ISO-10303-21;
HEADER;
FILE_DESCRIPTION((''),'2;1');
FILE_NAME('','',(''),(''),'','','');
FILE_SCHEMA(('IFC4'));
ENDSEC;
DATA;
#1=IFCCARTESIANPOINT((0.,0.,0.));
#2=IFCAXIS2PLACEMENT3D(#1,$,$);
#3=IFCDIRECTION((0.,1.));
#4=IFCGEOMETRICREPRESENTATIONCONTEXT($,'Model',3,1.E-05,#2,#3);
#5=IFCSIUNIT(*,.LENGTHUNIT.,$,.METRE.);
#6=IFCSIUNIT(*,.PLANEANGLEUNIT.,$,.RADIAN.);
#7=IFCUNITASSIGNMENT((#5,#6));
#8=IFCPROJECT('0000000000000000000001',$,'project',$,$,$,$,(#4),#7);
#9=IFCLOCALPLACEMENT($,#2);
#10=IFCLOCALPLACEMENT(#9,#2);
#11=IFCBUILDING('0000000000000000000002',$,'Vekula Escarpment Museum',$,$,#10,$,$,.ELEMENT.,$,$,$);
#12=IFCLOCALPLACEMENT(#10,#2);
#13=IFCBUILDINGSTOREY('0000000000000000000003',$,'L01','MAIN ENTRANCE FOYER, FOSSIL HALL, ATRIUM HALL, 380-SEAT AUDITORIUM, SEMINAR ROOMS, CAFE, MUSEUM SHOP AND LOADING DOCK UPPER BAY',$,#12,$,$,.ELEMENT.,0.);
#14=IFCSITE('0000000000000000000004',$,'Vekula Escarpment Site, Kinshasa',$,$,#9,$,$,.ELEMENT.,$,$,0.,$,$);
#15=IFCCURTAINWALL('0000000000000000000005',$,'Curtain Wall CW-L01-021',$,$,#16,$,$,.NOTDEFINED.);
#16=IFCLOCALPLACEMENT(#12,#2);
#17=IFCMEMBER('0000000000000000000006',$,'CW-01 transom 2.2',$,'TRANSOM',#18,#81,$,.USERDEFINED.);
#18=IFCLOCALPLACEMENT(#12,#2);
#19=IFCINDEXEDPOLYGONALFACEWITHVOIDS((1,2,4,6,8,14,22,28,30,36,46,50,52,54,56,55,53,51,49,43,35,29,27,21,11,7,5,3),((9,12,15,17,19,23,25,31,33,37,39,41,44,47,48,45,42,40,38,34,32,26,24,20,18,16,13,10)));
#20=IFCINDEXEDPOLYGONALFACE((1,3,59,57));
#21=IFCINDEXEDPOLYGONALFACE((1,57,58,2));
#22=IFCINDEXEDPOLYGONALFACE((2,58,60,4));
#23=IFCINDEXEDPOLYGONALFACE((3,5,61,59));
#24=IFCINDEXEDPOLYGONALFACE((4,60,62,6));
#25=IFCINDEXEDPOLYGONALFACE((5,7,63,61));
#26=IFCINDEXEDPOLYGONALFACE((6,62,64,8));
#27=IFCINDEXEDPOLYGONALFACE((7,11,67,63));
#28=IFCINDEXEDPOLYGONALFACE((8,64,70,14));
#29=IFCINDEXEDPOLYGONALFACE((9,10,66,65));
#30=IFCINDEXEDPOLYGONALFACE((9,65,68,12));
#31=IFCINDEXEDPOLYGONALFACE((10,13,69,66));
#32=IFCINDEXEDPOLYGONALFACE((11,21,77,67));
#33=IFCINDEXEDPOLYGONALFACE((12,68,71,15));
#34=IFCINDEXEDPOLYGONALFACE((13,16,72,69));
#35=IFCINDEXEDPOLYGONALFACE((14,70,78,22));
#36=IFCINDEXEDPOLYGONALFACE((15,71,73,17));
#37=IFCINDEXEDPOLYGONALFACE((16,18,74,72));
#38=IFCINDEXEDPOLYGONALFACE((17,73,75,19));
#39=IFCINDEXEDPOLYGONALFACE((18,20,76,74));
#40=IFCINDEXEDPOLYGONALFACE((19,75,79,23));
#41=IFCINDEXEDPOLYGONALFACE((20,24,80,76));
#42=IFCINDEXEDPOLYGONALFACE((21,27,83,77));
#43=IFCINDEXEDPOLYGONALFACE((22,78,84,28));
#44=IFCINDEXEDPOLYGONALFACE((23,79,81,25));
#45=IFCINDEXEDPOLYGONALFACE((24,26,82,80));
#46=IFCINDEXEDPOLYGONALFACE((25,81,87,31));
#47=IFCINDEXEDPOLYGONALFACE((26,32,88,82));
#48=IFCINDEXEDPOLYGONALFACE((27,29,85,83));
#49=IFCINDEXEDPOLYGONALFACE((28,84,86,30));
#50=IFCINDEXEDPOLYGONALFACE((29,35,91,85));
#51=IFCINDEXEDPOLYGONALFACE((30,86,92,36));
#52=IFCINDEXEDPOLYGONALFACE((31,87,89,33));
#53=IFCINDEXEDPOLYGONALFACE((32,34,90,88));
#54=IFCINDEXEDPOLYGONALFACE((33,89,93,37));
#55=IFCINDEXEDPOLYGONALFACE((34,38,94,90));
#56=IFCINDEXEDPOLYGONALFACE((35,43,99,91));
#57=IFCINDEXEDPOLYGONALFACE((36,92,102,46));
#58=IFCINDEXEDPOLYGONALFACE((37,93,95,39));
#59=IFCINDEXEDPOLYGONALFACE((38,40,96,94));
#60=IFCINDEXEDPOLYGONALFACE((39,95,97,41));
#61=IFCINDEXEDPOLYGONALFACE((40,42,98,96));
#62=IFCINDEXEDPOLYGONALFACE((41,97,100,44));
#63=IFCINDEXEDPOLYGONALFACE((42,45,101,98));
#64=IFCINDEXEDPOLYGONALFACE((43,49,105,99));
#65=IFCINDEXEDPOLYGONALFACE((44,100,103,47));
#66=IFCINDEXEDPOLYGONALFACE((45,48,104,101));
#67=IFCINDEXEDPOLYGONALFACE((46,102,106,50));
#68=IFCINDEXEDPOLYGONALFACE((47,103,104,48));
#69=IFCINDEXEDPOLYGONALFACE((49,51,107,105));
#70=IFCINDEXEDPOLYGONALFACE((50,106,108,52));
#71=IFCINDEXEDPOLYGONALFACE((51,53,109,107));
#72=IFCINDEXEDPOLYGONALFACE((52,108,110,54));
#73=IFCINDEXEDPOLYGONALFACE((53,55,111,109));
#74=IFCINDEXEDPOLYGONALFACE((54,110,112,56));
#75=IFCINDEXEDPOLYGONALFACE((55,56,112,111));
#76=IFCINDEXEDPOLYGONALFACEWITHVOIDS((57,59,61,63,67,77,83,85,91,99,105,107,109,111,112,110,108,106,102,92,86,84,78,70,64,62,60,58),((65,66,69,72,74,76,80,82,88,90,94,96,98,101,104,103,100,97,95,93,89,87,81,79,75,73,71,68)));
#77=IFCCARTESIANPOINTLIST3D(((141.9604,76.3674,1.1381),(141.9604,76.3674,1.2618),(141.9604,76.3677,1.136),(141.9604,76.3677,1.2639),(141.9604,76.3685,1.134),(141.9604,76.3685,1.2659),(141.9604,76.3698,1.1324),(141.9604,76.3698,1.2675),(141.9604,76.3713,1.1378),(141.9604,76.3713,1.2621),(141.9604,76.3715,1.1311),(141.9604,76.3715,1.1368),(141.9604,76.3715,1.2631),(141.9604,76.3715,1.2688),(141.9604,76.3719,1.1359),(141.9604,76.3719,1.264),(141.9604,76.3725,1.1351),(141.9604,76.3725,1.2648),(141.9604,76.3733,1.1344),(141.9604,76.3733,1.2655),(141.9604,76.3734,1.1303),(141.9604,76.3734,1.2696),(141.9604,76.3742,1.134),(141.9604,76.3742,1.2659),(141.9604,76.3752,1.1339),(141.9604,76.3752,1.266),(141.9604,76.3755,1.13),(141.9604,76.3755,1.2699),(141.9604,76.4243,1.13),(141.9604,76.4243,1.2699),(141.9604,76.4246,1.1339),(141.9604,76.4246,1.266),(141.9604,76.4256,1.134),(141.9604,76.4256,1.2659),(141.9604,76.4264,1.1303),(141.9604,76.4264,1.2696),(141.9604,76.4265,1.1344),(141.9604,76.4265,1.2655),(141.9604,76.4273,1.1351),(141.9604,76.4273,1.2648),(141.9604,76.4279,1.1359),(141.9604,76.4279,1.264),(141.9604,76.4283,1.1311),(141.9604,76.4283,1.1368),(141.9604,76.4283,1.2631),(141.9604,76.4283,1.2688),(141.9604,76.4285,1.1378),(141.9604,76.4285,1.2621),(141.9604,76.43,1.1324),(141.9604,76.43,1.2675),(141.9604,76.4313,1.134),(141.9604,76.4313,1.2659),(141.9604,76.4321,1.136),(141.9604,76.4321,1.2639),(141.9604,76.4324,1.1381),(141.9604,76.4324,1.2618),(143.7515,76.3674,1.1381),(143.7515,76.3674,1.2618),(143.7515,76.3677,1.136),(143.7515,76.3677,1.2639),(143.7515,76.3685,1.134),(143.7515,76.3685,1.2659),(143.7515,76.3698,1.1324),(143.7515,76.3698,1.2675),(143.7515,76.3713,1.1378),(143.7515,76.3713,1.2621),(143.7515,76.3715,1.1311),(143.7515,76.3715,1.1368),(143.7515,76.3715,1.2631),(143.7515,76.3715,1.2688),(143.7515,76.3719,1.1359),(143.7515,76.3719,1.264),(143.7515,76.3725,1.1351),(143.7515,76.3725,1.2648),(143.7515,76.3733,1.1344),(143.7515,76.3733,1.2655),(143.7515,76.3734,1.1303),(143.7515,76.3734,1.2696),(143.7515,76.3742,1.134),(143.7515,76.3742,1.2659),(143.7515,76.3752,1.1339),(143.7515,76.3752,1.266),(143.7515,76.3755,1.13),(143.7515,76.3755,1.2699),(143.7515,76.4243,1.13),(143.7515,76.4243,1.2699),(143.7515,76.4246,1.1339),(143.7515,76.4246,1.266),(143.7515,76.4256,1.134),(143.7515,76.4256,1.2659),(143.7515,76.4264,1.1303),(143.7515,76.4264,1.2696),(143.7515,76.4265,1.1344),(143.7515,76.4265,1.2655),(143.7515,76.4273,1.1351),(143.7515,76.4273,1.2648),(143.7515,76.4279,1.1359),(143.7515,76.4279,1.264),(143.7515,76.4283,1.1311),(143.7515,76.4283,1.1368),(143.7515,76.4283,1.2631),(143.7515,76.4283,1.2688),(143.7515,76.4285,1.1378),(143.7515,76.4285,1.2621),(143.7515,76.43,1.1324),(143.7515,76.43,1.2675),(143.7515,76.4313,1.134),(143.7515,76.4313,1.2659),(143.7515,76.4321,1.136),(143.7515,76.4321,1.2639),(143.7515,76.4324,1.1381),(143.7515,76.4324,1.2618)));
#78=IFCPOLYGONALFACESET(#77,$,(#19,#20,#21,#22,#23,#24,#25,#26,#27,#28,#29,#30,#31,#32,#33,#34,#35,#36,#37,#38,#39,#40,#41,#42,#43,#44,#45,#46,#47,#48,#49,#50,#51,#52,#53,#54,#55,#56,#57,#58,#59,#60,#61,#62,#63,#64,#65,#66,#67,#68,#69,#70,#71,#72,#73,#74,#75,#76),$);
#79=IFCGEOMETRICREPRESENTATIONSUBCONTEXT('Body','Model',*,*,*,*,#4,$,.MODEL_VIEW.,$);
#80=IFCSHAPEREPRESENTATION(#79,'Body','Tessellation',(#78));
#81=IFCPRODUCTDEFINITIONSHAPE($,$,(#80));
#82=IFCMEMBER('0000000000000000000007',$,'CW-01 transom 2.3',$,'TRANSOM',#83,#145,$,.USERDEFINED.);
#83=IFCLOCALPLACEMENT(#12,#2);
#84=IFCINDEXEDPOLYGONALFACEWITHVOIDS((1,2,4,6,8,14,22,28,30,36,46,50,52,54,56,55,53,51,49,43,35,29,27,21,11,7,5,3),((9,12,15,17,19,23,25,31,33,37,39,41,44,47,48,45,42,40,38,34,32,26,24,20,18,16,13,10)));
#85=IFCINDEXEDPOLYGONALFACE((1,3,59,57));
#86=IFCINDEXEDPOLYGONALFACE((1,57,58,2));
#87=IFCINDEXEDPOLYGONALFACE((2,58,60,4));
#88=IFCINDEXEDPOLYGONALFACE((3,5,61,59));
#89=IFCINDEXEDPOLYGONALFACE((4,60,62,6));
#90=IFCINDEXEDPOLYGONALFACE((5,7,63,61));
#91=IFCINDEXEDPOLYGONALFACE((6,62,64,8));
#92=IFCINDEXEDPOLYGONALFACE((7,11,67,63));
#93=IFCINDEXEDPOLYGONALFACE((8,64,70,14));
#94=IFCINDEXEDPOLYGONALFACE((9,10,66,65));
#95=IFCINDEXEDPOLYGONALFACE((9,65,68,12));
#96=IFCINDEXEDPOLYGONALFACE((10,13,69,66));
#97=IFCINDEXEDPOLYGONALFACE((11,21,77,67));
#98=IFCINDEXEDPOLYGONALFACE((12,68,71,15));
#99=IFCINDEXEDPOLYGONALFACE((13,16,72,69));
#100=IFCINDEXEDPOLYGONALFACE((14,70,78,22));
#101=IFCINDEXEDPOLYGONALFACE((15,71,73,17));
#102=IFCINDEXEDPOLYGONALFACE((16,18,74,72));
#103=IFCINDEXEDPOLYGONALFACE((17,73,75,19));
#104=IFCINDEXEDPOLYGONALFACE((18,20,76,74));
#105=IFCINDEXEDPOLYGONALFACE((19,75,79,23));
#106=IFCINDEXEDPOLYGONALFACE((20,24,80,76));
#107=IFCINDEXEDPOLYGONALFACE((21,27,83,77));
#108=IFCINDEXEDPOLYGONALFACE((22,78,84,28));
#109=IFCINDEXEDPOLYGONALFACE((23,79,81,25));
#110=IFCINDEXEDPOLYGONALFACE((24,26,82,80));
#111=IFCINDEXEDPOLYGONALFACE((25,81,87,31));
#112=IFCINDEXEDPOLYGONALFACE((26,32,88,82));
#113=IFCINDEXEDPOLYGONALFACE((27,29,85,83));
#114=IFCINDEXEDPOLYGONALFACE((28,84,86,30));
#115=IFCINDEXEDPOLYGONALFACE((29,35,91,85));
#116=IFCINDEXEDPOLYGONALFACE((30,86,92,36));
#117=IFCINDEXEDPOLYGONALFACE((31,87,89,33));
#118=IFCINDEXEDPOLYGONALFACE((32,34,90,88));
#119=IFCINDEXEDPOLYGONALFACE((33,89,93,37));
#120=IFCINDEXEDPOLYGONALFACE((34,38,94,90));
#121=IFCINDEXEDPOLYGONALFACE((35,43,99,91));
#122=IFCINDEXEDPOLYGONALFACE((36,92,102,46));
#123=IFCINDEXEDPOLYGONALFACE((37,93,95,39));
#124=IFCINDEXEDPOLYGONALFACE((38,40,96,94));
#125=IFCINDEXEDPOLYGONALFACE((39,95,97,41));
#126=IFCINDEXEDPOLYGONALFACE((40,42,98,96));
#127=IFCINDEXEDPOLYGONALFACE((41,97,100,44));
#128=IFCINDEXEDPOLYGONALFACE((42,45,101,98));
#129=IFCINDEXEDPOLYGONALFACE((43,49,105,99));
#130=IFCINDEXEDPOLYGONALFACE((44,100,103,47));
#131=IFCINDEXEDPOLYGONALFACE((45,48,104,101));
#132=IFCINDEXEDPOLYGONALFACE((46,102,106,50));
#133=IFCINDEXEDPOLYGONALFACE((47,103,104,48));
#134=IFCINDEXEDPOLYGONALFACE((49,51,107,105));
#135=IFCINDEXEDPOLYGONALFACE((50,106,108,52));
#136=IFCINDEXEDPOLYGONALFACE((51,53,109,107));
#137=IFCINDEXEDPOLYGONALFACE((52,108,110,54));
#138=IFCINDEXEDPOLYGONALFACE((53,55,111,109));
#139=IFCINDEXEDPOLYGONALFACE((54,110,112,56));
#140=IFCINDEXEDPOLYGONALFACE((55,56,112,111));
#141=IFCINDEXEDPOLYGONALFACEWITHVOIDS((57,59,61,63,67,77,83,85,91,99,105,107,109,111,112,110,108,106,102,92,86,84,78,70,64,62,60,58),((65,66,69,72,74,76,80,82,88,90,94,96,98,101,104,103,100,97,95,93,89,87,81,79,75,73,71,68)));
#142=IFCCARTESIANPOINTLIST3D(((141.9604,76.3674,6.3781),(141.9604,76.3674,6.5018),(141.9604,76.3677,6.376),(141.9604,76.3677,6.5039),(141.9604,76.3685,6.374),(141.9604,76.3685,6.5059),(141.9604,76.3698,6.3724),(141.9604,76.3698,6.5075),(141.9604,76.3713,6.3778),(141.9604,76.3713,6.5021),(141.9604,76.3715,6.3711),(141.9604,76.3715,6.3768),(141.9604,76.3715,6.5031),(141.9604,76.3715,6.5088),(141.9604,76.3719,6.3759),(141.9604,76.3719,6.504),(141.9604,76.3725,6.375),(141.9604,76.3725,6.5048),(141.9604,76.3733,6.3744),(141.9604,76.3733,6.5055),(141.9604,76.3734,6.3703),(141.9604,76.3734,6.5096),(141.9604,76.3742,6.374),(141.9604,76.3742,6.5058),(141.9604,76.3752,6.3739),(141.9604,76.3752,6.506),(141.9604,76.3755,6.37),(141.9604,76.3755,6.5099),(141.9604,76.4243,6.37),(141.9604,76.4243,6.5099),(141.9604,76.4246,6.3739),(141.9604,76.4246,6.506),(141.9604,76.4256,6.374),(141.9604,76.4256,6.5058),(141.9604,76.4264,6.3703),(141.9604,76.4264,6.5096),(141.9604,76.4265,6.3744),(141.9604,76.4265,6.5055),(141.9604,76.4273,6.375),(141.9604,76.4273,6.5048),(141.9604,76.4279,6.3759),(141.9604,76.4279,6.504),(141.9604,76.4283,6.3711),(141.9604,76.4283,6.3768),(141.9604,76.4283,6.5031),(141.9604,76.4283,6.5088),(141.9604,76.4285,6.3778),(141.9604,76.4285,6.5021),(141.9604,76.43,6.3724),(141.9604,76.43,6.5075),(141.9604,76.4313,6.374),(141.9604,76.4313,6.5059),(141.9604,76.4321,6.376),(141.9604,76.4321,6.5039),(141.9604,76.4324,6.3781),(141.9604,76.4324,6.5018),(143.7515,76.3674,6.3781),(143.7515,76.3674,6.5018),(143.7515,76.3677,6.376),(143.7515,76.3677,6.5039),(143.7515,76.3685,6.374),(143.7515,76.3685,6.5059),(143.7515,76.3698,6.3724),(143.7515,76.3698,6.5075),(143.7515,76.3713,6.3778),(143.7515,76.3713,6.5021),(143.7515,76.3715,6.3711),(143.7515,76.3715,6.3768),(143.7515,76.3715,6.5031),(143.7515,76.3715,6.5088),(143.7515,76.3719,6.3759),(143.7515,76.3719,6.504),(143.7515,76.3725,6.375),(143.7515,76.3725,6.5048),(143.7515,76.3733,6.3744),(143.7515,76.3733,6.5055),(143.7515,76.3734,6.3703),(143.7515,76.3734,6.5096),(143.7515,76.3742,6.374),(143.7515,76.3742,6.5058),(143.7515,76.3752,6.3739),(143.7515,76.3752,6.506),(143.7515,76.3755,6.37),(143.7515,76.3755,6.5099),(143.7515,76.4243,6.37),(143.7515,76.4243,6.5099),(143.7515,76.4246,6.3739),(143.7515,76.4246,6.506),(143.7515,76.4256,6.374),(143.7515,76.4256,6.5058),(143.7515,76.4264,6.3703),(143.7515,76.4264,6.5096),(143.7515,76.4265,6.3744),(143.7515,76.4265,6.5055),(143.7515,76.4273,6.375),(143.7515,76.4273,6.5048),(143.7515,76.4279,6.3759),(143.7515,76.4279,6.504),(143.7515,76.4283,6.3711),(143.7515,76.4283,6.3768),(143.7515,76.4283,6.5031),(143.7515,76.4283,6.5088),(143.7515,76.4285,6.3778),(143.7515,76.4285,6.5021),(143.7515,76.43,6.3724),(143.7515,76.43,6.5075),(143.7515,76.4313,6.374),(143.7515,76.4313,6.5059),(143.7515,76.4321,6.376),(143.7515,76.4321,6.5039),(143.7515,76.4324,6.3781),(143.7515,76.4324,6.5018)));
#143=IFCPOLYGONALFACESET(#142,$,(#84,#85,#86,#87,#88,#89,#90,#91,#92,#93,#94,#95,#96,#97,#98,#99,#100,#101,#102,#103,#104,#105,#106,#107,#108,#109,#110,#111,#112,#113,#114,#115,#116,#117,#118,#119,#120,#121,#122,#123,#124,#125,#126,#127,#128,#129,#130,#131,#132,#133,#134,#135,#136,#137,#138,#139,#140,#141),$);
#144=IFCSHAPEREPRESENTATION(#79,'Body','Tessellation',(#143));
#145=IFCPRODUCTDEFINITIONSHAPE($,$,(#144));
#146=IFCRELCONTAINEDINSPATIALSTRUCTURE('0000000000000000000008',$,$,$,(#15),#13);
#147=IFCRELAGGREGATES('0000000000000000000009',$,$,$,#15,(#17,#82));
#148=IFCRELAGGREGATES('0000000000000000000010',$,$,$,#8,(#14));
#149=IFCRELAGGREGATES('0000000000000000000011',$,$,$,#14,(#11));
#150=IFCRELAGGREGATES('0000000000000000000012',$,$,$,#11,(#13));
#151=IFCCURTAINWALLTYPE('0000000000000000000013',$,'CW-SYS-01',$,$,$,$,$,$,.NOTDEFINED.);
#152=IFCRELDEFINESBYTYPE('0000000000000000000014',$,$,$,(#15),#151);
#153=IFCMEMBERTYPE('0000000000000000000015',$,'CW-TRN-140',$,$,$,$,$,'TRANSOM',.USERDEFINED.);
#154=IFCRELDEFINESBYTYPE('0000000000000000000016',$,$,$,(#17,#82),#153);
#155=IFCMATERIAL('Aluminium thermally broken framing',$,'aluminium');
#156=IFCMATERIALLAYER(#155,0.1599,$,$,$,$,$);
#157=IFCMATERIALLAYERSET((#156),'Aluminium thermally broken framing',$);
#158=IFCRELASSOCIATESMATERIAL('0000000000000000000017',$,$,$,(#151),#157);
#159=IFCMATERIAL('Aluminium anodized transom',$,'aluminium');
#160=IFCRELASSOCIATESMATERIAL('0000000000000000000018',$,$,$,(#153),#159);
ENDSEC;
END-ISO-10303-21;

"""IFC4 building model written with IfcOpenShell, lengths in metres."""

from ifc_helpers import new_model, si_unit, direction, frame, origin, origin_2d, place, context, subcontext, project, spatial, hollow_rectangle, extrude, material, layer, layer_set, material_profile, profile_set, type_object, element, aggregate, save


model = new_model("IFC4")

# Units and contexts
model_context = context("Model", 3, precision=1e-05, world=origin(), true_north=direction((0.0, 1.0)))
body_context = subcontext(model_context, "Body", "Model", "MODEL_VIEW")
ifc_project = project(units=[si_unit("LENGTHUNIT", "METRE"), si_unit("PLANEANGLEUNIT", "RADIAN")], contexts=[model_context])

# Site, building, storey
site_placement = place(None, origin())
site = spatial("IfcSite", under=ifc_project, at=site_placement, Name="Vekula Escarpment Site, Kinshasa", CompositionType="ELEMENT", RefElevation=0.0)
building_placement = place(site_placement, origin())
building = spatial("IfcBuilding", under=site, at=building_placement, Name="Vekula Escarpment Museum", CompositionType="ELEMENT")
storey_placement = place(building_placement, origin())
storey = spatial("IfcBuildingStorey", under=building, at=storey_placement, Name="L01", Description="MAIN ENTRANCE FOYER, FOSSIL HALL, ATRIUM HALL, 380-SEAT AUDITORIUM, SEMINAR ROOMS, CAFE, MUSEUM SHOP AND LOADING DOCK UPPER BAY", CompositionType="ELEMENT", Elevation=0.0)

# Curtain wall, members
ifc_material_1 = material(Name="Aluminium thermally broken framing", Category="aluminium")
ifc_layer_1 = layer(ifc_material_1, 0.1599)
ifc_layer_set_1 = layer_set([ifc_layer_1], Name="Aluminium thermally broken framing")
curtain_wall_type = type_object("IfcCurtainWallType", Name="CW-SYS-01", PredefinedType="NOTDEFINED", material=ifc_layer_set_1)
curtain_wall_placement = place(storey_placement, origin())
curtain_wall = element("IfcCurtainWall", 1, at=curtain_wall_placement, inside=storey, type_object=curtain_wall_type, Name="Curtain Wall CW-L01-021", PredefinedType="NOTDEFINED")
ifc_material_2 = material(Name="Aluminium anodized transom", Category="aluminium")
ifc_material_profile_1 = material_profile(ifc_material_2, hollow_rectangle(XDim=0.0649, YDim=0.1399, WallThickness=0.0039, InnerFilletRadius=0.0039, OuterFilletRadius=0.0081, at=origin_2d()), Name="ALU 140x65x4")
ifc_profile_set_1 = profile_set([ifc_material_profile_1], Name="Aluminium anodized transom")
member_type_1 = type_object("IfcMemberType", Name="CW-TRN-140", ElementType="TRANSOM", PredefinedType="USERDEFINED", material=ifc_profile_set_1)
member_1_placement = place(storey_placement, frame((143.7515, 76.3999, 1.2), z_axis=(-1.0, 0.0, 0.0), x_axis=(0.0, -1.0, 0.0)))
member_1 = element("IfcMember", 2, at=member_1_placement, type_object=member_type_1, Name="CW-01 transom 2.2", ObjectType="TRANSOM", PredefinedType="USERDEFINED", context=body_context, shape_type="SweptSolid", body=[
    extrude(hollow_rectangle(XDim=0.0649, YDim=0.1399, WallThickness=0.0039, InnerFilletRadius=0.0039, OuterFilletRadius=0.0081, at=origin_2d()), origin(), (0.0, 0.0, 1.0), 1.791),
])
member_2_placement = place(storey_placement, frame((143.7515, 76.3999, 6.4399), z_axis=(-1.0, 0.0, 0.0), x_axis=(0.0, -1.0, 0.0)))
member_2 = element("IfcMember", 3, at=member_2_placement, type_object=member_type_1, Name="CW-01 transom 2.3", ObjectType="TRANSOM", PredefinedType="USERDEFINED", context=body_context, shape_type="SweptSolid", body=[
    extrude(hollow_rectangle(XDim=0.0649, YDim=0.1399, WallThickness=0.0039, InnerFilletRadius=0.0039, OuterFilletRadius=0.0081, at=origin_2d()), origin(), (0.0, 0.0, 1.0), 1.791),
])
aggregate(curtain_wall, [member_1, member_2])

save(model, "model.ifc")
